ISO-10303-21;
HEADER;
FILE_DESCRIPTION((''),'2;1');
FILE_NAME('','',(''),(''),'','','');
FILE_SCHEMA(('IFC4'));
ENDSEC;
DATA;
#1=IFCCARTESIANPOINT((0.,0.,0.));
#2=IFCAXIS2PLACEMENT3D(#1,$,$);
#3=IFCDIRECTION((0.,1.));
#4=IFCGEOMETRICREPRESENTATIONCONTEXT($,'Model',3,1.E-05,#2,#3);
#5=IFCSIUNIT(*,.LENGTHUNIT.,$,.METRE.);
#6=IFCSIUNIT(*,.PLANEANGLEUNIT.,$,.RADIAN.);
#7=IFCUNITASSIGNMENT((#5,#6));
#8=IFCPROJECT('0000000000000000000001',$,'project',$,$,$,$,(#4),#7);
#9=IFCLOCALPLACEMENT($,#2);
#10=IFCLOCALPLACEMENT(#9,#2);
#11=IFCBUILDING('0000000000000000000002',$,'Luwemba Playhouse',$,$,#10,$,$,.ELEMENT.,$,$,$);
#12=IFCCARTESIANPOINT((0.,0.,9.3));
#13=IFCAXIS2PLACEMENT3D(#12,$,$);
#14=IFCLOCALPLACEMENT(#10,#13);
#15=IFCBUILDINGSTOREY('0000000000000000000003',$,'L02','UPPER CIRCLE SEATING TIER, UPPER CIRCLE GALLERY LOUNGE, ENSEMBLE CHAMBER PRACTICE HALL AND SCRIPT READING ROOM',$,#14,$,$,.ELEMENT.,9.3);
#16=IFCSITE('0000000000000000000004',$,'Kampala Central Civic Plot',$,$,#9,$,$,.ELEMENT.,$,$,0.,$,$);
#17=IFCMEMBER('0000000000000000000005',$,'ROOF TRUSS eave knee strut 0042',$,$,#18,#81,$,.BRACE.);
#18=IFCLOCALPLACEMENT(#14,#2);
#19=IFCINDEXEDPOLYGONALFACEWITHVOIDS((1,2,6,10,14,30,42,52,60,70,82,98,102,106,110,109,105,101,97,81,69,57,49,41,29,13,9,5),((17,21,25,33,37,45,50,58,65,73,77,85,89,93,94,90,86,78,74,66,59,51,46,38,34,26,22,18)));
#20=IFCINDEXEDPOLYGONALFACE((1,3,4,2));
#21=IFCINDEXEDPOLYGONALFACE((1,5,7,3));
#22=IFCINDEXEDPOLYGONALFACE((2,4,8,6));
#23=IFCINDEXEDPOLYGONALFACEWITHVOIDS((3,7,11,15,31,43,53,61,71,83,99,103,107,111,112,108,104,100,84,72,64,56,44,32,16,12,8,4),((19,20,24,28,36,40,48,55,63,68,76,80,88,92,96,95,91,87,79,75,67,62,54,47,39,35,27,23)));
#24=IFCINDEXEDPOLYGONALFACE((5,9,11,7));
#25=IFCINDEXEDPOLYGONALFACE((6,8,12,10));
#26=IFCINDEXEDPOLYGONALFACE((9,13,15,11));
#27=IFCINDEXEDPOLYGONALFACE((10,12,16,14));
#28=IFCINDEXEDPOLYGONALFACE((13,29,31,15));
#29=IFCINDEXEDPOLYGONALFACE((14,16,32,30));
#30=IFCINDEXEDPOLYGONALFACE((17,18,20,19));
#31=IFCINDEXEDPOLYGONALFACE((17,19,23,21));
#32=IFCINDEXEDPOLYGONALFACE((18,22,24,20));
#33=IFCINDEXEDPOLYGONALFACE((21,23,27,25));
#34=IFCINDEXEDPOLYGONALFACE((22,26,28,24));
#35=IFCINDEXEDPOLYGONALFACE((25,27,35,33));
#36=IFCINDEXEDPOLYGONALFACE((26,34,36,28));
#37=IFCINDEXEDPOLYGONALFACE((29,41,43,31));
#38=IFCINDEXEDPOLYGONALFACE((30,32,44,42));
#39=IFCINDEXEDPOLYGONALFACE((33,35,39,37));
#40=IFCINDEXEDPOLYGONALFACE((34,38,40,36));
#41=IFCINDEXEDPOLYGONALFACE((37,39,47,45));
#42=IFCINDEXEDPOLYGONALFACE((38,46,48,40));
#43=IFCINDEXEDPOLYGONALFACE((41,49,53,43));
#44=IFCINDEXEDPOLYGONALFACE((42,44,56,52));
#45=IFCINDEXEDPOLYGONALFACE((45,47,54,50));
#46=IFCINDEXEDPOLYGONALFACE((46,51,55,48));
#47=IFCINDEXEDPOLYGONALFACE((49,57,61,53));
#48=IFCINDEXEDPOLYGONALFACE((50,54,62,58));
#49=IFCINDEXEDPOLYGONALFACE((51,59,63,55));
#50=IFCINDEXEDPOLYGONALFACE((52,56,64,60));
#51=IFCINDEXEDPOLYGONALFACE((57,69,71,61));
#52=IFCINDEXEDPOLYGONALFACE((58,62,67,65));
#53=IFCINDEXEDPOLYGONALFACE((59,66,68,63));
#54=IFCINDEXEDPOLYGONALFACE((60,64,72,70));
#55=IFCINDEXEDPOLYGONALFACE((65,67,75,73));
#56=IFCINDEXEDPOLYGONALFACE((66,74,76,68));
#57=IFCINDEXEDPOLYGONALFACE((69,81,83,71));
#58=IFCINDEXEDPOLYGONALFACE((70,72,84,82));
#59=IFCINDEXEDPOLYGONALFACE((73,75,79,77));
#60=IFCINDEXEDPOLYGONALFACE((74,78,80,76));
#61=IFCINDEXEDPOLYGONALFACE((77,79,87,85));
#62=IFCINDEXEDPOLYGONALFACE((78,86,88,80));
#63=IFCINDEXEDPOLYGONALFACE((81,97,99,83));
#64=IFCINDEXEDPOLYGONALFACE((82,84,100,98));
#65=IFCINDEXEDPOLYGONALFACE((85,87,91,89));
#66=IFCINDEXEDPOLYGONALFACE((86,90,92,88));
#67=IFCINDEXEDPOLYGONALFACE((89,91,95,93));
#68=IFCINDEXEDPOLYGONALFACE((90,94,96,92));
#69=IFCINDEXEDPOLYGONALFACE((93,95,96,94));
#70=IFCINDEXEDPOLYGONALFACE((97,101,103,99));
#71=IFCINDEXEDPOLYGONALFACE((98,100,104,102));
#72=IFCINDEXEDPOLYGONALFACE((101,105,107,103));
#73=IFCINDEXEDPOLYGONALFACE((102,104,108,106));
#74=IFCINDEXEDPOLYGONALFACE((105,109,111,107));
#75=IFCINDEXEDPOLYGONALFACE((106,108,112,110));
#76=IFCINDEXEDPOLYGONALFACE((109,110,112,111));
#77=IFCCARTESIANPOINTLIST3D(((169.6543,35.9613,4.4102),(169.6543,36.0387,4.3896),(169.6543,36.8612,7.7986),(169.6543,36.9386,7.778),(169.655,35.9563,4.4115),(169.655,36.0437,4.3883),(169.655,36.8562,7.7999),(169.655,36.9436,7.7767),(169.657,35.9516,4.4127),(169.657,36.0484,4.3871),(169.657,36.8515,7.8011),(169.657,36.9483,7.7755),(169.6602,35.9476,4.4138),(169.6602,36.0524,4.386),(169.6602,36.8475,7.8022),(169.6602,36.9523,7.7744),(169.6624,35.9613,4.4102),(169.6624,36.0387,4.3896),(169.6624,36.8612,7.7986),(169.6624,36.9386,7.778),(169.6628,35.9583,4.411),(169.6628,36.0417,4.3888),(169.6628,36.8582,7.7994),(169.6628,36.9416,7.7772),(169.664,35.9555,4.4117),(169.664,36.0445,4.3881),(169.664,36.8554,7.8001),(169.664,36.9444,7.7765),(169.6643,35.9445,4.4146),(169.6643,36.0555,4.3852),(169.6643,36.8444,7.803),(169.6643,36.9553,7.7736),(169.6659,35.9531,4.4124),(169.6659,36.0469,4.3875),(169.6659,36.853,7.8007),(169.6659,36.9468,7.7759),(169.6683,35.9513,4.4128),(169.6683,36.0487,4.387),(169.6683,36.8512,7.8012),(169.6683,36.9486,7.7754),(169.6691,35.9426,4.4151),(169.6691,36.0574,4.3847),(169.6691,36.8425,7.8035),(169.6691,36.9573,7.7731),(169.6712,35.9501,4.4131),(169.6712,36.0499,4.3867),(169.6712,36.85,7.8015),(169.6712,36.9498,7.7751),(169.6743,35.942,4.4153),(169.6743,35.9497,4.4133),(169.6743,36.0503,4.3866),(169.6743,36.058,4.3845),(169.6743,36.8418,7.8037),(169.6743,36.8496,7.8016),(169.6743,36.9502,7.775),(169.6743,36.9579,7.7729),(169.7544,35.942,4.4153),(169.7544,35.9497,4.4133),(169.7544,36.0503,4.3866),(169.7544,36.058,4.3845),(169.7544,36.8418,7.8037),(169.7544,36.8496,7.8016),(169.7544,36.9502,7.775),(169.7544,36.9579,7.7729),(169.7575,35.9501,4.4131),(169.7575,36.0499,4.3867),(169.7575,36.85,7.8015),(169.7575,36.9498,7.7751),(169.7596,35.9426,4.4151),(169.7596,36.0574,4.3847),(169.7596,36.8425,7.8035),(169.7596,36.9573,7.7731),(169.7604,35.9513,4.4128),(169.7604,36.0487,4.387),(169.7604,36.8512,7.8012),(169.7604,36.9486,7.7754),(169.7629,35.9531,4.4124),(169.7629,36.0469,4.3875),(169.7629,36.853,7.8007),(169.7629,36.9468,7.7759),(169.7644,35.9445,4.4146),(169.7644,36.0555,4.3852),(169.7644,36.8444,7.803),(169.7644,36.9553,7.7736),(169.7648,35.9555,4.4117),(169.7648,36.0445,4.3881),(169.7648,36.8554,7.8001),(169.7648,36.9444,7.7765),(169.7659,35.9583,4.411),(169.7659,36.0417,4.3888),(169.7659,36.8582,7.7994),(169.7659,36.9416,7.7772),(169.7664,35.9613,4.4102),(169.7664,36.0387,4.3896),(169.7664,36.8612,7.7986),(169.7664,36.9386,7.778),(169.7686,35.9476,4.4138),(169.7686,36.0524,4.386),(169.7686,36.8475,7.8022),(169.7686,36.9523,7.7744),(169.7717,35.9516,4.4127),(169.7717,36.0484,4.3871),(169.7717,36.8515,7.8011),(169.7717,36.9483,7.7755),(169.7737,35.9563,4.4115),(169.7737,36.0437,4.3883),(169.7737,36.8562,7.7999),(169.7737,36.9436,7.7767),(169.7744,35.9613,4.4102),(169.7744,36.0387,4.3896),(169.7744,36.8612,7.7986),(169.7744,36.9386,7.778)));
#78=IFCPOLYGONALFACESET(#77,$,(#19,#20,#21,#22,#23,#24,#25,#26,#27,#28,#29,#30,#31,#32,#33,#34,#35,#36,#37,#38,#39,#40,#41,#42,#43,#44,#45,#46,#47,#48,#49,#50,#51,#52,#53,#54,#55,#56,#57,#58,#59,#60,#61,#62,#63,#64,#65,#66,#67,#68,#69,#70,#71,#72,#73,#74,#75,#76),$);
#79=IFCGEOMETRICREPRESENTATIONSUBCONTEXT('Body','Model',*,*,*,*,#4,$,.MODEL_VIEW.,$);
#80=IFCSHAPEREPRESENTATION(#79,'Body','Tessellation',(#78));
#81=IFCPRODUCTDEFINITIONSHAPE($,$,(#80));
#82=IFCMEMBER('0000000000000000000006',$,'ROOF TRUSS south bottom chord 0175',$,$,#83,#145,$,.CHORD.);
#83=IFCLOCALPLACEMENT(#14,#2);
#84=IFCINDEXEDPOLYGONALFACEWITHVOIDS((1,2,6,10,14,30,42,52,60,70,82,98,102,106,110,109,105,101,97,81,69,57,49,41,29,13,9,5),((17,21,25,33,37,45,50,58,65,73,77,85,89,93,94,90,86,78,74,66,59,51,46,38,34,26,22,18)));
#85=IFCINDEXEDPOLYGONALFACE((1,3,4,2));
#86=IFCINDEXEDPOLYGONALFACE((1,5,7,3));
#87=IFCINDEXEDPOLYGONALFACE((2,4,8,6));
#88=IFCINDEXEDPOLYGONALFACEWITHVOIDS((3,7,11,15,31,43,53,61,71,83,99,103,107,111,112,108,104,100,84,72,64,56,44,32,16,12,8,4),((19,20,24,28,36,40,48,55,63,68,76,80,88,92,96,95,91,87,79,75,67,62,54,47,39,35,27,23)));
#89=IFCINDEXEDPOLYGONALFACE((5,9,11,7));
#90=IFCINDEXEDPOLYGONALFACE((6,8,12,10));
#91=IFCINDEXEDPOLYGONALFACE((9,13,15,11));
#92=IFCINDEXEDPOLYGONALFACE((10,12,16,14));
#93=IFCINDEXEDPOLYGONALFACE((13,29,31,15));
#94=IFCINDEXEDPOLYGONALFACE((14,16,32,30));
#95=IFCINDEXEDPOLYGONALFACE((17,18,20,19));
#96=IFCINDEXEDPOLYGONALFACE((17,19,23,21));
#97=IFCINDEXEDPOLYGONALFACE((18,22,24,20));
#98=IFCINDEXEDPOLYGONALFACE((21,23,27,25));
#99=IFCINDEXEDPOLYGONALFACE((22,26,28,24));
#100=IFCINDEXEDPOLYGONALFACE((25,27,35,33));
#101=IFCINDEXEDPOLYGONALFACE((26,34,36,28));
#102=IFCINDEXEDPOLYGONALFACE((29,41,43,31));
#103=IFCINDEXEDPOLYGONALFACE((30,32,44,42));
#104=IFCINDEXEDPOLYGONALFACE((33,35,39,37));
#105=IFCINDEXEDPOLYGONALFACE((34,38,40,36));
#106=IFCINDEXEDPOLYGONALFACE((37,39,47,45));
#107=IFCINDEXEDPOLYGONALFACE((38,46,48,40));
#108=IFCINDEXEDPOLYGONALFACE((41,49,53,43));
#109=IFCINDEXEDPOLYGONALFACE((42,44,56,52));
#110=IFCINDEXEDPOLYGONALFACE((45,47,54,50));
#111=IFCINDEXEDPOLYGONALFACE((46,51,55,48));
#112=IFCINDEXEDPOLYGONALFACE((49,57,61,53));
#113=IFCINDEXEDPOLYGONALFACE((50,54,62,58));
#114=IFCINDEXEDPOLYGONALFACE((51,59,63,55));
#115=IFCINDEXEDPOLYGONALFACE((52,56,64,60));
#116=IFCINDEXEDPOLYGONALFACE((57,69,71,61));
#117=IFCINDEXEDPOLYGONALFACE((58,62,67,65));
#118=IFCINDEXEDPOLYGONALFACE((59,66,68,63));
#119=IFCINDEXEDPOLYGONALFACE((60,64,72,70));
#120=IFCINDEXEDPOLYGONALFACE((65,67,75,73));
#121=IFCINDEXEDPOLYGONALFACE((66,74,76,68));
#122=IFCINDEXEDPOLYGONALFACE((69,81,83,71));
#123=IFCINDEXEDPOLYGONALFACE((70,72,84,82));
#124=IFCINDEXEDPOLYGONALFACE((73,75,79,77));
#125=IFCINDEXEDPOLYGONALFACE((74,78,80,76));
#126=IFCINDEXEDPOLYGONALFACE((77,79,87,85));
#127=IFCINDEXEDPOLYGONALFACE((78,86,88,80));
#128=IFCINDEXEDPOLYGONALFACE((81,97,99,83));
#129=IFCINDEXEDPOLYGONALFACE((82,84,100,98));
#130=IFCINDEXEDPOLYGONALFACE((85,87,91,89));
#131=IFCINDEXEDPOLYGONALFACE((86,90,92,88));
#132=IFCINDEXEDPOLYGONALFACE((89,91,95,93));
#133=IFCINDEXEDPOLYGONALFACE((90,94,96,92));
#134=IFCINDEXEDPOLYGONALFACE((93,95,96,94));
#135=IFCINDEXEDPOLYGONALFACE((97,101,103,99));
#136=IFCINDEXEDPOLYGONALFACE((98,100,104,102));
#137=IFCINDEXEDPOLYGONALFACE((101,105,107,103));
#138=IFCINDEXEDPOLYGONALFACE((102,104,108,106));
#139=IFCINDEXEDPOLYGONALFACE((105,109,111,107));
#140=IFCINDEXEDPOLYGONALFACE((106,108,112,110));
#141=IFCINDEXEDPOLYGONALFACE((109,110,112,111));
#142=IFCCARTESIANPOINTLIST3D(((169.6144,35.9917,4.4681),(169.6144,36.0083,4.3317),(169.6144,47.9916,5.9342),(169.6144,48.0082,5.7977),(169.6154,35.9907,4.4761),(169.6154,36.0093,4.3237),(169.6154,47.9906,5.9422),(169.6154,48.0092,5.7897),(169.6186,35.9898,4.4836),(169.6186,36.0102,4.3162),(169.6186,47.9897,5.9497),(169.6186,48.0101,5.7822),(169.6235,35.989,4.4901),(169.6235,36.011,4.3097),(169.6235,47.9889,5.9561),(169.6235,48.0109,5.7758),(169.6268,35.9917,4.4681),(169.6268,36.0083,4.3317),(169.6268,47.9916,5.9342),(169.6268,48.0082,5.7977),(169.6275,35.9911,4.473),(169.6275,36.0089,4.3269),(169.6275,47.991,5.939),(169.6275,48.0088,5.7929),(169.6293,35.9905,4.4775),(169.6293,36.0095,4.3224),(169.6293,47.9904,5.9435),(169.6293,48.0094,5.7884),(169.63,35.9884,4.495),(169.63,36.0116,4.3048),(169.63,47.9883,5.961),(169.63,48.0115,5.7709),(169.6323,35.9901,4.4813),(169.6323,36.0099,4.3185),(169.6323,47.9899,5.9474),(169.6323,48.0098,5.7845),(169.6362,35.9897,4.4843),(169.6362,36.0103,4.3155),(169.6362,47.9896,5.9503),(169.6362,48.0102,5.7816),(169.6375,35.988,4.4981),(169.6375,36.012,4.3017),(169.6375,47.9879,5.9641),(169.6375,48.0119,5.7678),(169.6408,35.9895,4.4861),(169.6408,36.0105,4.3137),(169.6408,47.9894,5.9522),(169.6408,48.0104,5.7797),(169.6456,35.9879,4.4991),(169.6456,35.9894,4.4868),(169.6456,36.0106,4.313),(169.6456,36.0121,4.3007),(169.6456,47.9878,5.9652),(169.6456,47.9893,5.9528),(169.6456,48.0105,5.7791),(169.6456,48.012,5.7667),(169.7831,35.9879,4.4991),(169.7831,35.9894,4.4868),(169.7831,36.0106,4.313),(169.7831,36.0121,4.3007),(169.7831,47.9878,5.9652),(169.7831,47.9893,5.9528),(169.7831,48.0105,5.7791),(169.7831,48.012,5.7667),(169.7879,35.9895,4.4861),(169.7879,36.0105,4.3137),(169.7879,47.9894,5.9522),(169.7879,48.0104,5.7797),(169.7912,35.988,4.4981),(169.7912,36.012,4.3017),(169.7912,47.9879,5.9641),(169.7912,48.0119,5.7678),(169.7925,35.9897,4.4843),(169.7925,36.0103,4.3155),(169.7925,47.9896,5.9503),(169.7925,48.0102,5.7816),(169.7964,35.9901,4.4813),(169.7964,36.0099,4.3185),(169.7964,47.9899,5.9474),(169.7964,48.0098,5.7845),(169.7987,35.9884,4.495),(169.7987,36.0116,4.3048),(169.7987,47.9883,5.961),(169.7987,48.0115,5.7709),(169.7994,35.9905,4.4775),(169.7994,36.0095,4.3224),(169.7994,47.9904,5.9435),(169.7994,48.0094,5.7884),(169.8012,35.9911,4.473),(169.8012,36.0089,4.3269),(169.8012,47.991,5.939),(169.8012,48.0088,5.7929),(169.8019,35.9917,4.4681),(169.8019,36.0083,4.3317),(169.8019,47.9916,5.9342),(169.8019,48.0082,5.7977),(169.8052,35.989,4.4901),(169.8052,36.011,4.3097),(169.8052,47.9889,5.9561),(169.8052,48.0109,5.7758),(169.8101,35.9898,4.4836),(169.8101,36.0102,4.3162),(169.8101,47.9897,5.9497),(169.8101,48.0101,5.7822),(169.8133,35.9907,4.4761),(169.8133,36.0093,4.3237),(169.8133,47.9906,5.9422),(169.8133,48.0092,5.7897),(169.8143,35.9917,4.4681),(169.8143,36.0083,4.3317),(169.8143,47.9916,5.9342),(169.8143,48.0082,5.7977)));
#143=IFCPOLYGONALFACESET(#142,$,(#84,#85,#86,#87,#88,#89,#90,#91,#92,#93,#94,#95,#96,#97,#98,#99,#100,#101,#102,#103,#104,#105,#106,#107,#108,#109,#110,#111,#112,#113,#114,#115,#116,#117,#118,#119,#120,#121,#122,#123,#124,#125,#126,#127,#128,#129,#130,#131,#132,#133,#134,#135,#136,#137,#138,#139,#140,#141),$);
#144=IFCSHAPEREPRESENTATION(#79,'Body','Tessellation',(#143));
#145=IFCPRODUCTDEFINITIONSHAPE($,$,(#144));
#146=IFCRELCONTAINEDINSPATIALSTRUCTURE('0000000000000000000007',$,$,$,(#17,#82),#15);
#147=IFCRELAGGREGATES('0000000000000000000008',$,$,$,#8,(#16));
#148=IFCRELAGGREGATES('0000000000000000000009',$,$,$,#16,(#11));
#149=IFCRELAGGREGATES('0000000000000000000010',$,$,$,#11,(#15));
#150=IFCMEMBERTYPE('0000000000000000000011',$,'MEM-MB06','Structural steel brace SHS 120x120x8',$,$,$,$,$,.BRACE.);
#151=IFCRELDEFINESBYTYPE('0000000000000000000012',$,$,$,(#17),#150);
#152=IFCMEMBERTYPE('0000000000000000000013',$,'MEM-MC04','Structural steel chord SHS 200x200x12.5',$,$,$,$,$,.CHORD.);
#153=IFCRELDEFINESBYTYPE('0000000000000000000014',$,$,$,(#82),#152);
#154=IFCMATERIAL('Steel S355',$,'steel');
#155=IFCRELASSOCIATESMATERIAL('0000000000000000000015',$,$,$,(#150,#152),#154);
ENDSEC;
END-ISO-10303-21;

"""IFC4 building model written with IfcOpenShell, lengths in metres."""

from ifc_helpers import new_model, si_unit, direction, frame, origin, origin_2d, place, context, subcontext, project, spatial, hollow_rectangle, extrude, material, material_profile, profile_set, type_object, element, save


model = new_model("IFC4")

# Units and contexts
model_context = context("Model", 3, precision=1e-05, world=origin(), true_north=direction((0.0, 1.0)))
body_context = subcontext(model_context, "Body", "Model", "MODEL_VIEW")
ifc_project = project(units=[si_unit("LENGTHUNIT", "METRE"), si_unit("PLANEANGLEUNIT", "RADIAN")], contexts=[model_context])

# Site, building, storey
site_placement = place(None, origin())
site = spatial("IfcSite", under=ifc_project, at=site_placement, Name="Kampala Central Civic Plot", CompositionType="ELEMENT", RefElevation=0.0)
building_placement = place(site_placement, origin())
building = spatial("IfcBuilding", under=site, at=building_placement, Name="Luwemba Playhouse", CompositionType="ELEMENT")
storey_placement = place(building_placement, frame((0.0, 0.0, 9.3)))
storey = spatial("IfcBuildingStorey", under=building, at=storey_placement, Name="L02", Description="UPPER CIRCLE SEATING TIER, UPPER CIRCLE GALLERY LOUNGE, ENSEMBLE CHAMBER PRACTICE HALL AND SCRIPT READING ROOM", CompositionType="ELEMENT", Elevation=9.3)

# Shared definitions
ifc_material_1 = material(Name="Steel S355", Category="steel")

# Members
ifc_material_profile_1 = material_profile(ifc_material_1, hollow_rectangle(XDim=0.1201, YDim=0.1201, WallThickness=0.0081, InnerFilletRadius=0.012, OuterFilletRadius=0.02, at=origin_2d()))
ifc_profile_set_1 = profile_set([ifc_material_profile_1], Name="Steel S355")
member_type_1 = type_object("IfcMemberType", Name="MEM-MB06", Description="Structural steel brace SHS 120x120x8", PredefinedType="BRACE", material=ifc_profile_set_1)
member_1_placement = place(storey_placement, frame((169.7144, 36.0, 4.3999), z_axis=(0.0, 0.256683, 0.966496), x_axis=(-1.0, 0.0, 0.0)))
element("IfcMember", 1, at=member_1_placement, inside=storey, type_object=member_type_1, Name="ROOF TRUSS eave knee strut 0042", PredefinedType="BRACE", context=body_context, shape_type="SweptSolid", body=[
    extrude(hollow_rectangle(XDim=0.1201, YDim=0.1201, WallThickness=0.0081, InnerFilletRadius=0.012, OuterFilletRadius=0.02, at=origin_2d()), origin(), (0.0, 0.0, 1.0), 3.5059),
])
ifc_material_profile_2 = material_profile(ifc_material_1, hollow_rectangle(XDim=0.2, YDim=0.2, WallThickness=0.0125, InnerFilletRadius=0.0188, OuterFilletRadius=0.0312, at=origin_2d()))
ifc_profile_set_2 = profile_set([ifc_material_profile_2], Name="Steel S355")
member_type_2 = type_object("IfcMemberType", Name="MEM-MC04", Description="Structural steel chord SHS 200x200x12.5", PredefinedType="CHORD", material=ifc_profile_set_2)
member_2_placement = place(storey_placement, frame((169.7144, 36.0, 4.3999), z_axis=(0.0, 0.99262, 0.12127), x_axis=(-1.0, 0.0, 0.0)))
element("IfcMember", 2, at=member_2_placement, inside=storey, type_object=member_type_2, Name="ROOF TRUSS south bottom chord 0175", PredefinedType="CHORD", context=body_context, shape_type="SweptSolid", body=[
    extrude(hollow_rectangle(XDim=0.2, YDim=0.2, WallThickness=0.0125, InnerFilletRadius=0.0188, OuterFilletRadius=0.0312, at=origin_2d()), origin(), (0.0, 0.0, 1.0), 12.0891),
])

save(model, "model.ifc")
